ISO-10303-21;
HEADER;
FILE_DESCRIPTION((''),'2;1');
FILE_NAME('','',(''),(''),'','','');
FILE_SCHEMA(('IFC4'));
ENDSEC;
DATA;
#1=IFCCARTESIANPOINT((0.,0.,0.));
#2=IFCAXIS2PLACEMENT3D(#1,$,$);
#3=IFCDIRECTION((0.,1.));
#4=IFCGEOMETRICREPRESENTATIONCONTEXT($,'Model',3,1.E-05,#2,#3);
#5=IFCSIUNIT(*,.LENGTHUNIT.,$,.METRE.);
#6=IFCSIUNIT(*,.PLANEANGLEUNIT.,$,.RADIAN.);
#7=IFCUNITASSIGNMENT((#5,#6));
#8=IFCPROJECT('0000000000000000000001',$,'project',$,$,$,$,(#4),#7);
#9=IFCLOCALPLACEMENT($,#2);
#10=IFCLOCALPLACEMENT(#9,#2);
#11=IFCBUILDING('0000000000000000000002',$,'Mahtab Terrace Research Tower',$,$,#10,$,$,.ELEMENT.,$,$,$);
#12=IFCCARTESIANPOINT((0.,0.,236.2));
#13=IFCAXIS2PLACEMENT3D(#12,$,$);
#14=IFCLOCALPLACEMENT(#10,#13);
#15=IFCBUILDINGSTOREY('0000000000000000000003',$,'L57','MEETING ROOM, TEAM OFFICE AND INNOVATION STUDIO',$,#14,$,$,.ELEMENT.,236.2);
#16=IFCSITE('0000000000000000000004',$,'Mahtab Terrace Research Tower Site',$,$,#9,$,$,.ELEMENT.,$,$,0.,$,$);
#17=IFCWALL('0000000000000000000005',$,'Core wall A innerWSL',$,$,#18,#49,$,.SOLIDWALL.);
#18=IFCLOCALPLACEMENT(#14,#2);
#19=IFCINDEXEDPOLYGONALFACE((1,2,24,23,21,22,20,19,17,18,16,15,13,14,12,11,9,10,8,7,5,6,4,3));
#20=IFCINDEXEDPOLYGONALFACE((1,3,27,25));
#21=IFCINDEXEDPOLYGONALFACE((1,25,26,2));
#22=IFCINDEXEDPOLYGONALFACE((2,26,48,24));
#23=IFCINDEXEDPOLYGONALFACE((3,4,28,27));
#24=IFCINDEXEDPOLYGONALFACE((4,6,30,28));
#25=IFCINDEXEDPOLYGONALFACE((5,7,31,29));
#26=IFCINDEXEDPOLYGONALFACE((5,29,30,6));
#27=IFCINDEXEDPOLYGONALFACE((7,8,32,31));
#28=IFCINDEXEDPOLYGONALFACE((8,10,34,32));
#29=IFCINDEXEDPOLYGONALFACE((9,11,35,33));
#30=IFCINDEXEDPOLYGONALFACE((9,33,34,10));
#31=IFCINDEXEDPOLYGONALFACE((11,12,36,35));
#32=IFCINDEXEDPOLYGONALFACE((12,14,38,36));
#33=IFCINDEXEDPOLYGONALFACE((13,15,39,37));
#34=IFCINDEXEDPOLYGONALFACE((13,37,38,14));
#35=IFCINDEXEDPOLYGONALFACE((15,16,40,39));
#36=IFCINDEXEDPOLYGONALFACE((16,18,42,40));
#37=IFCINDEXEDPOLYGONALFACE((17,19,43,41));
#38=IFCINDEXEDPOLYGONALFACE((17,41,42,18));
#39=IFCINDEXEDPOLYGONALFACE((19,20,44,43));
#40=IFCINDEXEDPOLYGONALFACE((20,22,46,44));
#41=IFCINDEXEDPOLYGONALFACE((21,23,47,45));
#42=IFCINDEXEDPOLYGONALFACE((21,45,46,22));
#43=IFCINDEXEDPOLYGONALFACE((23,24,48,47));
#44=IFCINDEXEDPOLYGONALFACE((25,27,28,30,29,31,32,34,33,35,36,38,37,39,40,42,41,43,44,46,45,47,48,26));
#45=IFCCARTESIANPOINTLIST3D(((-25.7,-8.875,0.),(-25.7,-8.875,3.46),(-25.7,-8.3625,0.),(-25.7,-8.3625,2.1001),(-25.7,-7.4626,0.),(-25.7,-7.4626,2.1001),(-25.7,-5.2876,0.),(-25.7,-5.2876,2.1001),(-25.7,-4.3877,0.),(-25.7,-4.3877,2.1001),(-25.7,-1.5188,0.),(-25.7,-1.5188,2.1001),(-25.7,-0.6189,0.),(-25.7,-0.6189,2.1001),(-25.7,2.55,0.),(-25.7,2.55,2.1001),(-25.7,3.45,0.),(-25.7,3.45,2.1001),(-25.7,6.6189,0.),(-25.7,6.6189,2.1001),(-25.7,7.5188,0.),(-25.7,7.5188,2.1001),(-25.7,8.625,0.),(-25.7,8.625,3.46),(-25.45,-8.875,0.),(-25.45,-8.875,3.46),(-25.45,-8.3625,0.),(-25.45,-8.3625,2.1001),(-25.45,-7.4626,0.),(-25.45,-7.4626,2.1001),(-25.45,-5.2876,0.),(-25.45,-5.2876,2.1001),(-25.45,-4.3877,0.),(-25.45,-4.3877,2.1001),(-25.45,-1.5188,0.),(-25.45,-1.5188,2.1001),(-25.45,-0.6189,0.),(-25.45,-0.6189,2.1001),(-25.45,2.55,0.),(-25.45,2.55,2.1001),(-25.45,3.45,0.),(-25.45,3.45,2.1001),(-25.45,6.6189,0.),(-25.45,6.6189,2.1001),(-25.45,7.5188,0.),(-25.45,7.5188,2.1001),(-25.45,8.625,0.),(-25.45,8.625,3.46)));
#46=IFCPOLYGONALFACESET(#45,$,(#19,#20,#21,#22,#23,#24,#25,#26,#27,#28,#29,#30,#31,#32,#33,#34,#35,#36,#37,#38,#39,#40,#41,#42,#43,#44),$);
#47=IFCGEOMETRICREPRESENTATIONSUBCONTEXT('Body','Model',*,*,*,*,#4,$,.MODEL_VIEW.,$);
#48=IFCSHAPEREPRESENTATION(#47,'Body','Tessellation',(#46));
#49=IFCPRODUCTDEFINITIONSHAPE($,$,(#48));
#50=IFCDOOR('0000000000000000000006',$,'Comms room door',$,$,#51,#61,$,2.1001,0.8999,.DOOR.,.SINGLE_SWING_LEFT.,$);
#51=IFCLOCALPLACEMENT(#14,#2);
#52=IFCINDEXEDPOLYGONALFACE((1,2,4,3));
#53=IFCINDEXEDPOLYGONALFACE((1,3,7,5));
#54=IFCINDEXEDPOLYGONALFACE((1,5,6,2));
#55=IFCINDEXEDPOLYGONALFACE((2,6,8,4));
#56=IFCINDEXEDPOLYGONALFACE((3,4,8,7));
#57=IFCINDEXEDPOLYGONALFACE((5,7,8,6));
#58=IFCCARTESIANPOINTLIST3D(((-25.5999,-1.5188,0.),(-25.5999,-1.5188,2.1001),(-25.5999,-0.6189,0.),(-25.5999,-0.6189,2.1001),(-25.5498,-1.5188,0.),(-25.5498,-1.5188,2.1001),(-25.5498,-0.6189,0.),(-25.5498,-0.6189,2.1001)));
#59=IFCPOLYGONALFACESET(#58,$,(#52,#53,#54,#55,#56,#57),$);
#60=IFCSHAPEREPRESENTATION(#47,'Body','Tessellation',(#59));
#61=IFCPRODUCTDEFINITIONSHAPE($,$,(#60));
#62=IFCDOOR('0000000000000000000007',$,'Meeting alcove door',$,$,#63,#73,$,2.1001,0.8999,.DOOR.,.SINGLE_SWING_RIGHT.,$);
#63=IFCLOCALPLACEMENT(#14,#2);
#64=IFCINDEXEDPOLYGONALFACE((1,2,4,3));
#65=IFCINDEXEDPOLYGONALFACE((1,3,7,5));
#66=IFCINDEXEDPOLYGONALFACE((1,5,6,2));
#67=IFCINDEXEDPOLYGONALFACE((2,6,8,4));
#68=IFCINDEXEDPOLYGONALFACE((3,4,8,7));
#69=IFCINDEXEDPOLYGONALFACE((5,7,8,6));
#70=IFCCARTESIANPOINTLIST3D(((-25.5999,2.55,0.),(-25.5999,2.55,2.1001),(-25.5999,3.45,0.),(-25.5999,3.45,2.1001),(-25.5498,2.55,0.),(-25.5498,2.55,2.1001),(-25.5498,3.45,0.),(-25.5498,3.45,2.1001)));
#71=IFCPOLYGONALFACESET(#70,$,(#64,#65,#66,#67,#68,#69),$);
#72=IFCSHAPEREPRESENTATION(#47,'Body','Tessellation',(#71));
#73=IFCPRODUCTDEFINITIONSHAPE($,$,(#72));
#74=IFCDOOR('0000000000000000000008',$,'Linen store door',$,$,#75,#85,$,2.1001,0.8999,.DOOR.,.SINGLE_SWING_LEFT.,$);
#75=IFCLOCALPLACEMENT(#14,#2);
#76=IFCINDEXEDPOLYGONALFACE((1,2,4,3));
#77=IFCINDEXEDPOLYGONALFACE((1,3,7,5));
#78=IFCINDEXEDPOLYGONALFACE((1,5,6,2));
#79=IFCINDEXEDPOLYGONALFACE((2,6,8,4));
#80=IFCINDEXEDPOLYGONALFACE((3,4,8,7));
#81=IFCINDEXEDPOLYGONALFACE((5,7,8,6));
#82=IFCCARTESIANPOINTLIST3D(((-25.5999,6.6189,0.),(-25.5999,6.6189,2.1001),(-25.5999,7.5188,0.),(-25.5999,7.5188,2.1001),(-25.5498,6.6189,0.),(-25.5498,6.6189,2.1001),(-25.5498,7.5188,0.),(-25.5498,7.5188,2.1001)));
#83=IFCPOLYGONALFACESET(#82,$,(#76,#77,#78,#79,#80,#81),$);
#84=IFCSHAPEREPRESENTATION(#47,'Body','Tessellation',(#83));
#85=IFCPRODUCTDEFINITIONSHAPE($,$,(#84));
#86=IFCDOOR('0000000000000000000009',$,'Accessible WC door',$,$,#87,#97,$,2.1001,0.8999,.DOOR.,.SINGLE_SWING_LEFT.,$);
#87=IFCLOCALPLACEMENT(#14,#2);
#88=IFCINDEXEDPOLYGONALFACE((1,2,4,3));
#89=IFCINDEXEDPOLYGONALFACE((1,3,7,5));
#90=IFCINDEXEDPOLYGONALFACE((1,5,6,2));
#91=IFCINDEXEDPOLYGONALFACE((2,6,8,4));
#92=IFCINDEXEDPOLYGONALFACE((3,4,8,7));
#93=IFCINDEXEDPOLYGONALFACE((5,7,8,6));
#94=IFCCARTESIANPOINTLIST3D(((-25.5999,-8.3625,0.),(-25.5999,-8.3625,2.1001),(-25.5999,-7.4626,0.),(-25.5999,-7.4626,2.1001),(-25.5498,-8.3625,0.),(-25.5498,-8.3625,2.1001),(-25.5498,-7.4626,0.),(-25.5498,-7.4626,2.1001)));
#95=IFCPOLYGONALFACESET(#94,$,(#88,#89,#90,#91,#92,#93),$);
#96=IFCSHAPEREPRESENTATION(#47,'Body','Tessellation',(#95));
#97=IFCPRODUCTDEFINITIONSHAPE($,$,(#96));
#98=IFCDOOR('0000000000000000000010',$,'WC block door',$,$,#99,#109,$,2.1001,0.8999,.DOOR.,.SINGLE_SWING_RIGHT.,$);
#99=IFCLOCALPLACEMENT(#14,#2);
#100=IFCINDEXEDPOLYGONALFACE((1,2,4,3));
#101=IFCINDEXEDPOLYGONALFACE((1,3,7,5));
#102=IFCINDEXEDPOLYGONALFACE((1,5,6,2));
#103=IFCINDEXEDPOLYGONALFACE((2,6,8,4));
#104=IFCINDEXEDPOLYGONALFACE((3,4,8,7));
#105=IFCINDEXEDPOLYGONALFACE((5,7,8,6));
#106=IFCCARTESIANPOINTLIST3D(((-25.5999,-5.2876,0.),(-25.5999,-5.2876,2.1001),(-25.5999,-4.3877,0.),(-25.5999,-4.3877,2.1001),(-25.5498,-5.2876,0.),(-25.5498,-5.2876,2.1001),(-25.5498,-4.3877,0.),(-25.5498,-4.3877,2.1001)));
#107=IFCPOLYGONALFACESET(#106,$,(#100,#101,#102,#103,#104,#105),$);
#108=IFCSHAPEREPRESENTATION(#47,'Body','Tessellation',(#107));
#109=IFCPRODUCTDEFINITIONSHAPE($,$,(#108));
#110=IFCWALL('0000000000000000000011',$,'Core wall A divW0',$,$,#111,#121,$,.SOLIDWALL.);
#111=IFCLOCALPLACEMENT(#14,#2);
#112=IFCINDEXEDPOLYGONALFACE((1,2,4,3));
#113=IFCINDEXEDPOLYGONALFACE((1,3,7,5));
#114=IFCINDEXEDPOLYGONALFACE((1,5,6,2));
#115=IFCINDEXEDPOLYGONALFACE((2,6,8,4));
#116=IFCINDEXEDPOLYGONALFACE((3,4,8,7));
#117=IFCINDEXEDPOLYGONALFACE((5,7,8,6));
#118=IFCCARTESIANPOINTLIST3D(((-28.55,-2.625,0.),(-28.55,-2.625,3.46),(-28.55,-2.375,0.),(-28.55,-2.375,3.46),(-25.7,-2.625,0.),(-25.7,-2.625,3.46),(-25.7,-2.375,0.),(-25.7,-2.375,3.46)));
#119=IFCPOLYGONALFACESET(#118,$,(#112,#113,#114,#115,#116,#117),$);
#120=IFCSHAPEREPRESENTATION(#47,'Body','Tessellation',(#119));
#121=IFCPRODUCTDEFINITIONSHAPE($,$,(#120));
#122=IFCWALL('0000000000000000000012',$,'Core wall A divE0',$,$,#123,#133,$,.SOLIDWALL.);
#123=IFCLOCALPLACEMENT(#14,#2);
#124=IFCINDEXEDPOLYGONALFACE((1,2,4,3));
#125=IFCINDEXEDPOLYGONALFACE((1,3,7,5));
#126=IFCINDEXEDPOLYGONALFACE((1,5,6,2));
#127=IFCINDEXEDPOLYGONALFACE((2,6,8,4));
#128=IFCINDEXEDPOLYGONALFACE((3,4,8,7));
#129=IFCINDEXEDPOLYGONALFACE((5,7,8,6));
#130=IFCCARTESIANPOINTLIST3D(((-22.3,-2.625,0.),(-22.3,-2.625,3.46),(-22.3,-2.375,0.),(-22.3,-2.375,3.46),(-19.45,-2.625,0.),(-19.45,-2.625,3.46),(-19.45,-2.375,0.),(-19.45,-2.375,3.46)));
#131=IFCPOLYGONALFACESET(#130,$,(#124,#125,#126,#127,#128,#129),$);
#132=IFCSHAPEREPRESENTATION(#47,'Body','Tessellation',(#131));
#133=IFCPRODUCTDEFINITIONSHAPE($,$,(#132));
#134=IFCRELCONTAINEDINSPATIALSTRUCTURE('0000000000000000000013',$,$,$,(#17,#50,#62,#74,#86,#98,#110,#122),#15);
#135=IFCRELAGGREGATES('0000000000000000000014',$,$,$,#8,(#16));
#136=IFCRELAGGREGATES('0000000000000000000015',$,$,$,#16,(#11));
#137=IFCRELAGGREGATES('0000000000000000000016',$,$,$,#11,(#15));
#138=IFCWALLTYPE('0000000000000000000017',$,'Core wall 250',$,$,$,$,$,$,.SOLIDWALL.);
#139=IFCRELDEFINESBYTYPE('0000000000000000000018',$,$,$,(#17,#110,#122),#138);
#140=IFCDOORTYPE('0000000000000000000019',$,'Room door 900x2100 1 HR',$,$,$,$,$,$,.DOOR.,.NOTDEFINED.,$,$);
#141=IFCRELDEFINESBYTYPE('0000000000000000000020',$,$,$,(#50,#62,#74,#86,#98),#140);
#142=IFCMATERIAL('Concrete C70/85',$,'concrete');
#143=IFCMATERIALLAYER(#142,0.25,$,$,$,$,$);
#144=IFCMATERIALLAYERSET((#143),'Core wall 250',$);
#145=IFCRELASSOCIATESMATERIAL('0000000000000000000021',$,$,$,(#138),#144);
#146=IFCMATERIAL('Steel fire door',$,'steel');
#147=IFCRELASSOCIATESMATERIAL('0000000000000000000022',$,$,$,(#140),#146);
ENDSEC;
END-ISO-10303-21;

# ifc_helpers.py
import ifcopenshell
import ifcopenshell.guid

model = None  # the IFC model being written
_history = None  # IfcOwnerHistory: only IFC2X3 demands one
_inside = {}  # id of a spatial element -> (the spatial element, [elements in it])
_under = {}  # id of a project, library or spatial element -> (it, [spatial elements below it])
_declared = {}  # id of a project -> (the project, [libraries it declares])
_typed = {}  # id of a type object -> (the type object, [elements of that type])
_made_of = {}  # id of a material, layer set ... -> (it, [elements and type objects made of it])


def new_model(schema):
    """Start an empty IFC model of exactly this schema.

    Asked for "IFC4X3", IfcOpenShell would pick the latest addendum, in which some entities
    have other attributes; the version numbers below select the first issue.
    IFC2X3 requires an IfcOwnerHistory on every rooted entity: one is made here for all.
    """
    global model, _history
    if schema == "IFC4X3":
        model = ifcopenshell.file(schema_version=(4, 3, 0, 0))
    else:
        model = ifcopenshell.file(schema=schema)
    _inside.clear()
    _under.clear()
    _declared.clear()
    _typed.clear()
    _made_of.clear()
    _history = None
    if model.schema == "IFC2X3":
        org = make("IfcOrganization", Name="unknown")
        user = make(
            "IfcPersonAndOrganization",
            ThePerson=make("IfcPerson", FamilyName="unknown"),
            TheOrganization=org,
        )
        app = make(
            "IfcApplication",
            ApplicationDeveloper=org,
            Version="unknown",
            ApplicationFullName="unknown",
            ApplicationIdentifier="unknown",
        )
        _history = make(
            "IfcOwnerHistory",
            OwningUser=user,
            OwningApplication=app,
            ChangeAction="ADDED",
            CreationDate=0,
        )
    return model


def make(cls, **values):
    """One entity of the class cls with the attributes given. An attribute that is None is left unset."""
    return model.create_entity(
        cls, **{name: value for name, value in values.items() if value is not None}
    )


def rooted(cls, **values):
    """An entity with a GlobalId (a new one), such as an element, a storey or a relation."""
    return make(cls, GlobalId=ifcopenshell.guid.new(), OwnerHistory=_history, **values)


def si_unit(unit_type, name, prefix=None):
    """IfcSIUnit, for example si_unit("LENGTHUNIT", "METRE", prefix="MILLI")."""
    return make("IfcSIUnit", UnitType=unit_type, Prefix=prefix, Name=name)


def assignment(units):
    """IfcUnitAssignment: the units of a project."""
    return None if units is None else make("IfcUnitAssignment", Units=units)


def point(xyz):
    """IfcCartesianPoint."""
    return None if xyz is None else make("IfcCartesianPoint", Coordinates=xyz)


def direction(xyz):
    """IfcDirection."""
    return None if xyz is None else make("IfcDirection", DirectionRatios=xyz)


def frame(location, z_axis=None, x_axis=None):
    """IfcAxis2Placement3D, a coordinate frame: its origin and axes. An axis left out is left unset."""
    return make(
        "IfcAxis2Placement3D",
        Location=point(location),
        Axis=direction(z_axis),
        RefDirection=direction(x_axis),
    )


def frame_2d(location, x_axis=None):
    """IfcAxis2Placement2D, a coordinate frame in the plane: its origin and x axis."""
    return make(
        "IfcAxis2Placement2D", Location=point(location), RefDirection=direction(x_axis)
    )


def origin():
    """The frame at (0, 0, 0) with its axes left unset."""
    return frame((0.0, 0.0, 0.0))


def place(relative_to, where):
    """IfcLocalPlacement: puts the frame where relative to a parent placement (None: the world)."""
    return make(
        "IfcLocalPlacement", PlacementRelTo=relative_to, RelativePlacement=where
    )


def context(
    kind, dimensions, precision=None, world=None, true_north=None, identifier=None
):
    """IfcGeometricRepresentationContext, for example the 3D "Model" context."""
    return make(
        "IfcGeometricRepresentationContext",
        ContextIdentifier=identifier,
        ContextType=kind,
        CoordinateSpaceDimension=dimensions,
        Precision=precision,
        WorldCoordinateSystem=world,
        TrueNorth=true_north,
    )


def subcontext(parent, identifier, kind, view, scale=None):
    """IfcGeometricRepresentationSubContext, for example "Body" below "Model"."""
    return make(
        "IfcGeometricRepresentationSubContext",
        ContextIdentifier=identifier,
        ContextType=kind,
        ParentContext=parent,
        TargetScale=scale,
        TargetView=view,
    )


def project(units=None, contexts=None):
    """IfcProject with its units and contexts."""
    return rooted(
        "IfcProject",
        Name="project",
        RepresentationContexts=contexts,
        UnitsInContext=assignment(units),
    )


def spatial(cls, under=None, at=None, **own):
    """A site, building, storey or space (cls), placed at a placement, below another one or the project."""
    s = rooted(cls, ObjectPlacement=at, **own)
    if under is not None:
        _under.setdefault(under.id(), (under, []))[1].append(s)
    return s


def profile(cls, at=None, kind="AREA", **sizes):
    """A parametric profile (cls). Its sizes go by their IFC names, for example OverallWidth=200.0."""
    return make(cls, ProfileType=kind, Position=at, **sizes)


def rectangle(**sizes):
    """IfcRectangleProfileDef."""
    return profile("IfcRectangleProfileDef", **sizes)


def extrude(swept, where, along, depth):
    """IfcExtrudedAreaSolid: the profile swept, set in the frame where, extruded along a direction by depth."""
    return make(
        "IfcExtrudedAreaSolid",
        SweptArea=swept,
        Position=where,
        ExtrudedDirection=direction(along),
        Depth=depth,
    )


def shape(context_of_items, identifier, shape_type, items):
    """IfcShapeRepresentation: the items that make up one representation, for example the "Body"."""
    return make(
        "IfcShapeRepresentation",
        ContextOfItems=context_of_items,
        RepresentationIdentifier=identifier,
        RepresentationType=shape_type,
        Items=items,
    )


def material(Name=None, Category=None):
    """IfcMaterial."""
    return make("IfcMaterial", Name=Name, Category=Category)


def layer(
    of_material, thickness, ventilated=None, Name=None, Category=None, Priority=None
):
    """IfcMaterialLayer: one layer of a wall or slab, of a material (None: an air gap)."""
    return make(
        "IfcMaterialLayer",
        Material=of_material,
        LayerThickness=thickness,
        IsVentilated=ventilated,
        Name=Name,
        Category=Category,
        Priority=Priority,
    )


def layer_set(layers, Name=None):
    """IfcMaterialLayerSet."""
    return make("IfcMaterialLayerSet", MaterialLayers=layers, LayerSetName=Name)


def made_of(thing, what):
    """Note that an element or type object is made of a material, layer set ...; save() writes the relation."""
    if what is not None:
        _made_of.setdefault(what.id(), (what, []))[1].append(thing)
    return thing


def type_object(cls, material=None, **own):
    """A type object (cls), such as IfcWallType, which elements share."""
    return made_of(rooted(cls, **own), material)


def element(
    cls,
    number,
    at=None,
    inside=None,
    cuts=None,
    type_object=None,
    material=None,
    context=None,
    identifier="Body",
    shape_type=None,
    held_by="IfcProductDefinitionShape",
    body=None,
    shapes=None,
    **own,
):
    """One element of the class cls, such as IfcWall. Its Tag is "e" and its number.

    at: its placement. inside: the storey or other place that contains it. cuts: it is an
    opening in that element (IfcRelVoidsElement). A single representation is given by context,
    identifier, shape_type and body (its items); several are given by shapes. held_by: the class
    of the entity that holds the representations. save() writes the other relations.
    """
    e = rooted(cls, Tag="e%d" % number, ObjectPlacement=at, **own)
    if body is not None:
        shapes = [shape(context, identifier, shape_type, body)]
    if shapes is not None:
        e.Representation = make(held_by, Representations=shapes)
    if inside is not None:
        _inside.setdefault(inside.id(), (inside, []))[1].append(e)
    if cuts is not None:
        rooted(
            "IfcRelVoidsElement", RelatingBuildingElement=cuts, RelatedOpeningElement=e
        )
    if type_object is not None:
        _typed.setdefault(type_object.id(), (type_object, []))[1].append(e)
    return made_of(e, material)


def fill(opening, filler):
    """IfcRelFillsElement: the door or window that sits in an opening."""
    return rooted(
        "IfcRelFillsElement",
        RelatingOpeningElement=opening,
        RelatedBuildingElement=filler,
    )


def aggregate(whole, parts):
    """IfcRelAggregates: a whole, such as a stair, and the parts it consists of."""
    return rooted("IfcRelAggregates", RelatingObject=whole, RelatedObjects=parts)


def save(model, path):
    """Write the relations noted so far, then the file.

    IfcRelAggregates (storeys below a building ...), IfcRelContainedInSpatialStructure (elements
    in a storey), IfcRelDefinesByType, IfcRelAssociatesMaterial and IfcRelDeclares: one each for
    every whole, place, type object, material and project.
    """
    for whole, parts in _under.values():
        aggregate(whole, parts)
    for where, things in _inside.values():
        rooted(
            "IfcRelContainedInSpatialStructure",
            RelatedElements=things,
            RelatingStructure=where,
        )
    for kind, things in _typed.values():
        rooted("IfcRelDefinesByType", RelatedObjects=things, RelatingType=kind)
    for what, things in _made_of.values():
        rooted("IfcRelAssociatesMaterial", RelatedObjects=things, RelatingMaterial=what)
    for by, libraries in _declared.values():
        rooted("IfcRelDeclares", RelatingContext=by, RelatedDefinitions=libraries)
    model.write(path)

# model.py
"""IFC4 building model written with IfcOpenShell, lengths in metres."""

from ifc_helpers import new_model, si_unit, direction, frame, frame_2d, origin, place, context, subcontext, project, spatial, rectangle, extrude, material, layer, layer_set, type_object, element, fill, save


model = new_model("IFC4")

# Units and contexts
model_context = context("Model", 3, precision=1e-05, world=origin(), true_north=direction((0.0, 1.0)))
body_context = subcontext(model_context, "Body", "Model", "MODEL_VIEW")
ifc_project = project(units=[si_unit("LENGTHUNIT", "METRE"), si_unit("PLANEANGLEUNIT", "RADIAN")], contexts=[model_context])

# Site, building, storey
site_placement = place(None, origin())
site = spatial("IfcSite", under=ifc_project, at=site_placement, Name="Mahtab Terrace Research Tower Site", CompositionType="ELEMENT", RefElevation=0.0)
building_placement = place(site_placement, origin())
building = spatial("IfcBuilding", under=site, at=building_placement, Name="Mahtab Terrace Research Tower", CompositionType="ELEMENT")
storey_placement = place(building_placement, frame((0.0, 0.0, 236.2)))
storey = spatial("IfcBuildingStorey", under=building, at=storey_placement, Name="L57", Description="MEETING ROOM, TEAM OFFICE AND INNOVATION STUDIO", CompositionType="ELEMENT", Elevation=236.2)

# Shared definitions
ifc_material_1 = material(Name="Concrete C70/85", Category="concrete")

# Shared definitions
ifc_layer_1 = layer(ifc_material_1, 0.25)
ifc_layer_set_1 = layer_set([ifc_layer_1], Name="Core wall 250")
wall_type_1 = type_object("IfcWallType", Name="Core wall 250", PredefinedType="SOLIDWALL", material=ifc_layer_set_1)
ifc_material_2 = material(Name="Steel fire door", Category="steel")

# Wall, openings, doors
wall_1_placement = place(storey_placement, frame((-25.575, -8.875, 0.0), z_axis=(0.0, 0.0, 1.0), x_axis=(0.0, 1.0, 0.0)))
wall_1 = element("IfcWall", 1, at=wall_1_placement, inside=storey, type_object=wall_type_1, Name="Core wall A innerWSL", PredefinedType="SOLIDWALL", context=body_context, shape_type="SweptSolid", body=[
    extrude(rectangle(XDim=17.5, YDim=0.25, at=frame_2d((8.75, 0.0))), origin(), (0.0, 0.0, 1.0), 3.46),
])
opening_1_placement = place(wall_1_placement, frame((7.3562, 0.0, 0.0)))
opening_1 = element("IfcOpeningElement", 2, at=opening_1_placement, cuts=wall_1, PredefinedType="OPENING", context=body_context, shape_type="SweptSolid", body=[
    extrude(rectangle(XDim=0.8999, YDim=2.1001, at=frame_2d((0.45, 1.05))), frame((0.0, 0.135, 0.0), z_axis=(0.0, -1.0, 0.0), x_axis=(1.0, 0.0, 0.0)), (0.0, 0.0, 1.0), 0.27),
])
opening_2_placement = place(wall_1_placement, frame((11.425, 0.0, 0.0)))
opening_2 = element("IfcOpeningElement", 3, at=opening_2_placement, cuts=wall_1, PredefinedType="OPENING", context=body_context, shape_type="SweptSolid", body=[
    extrude(rectangle(XDim=0.8999, YDim=2.1001, at=frame_2d((0.45, 1.05))), frame((0.0, 0.135, 0.0), z_axis=(0.0, -1.0, 0.0), x_axis=(1.0, 0.0, 0.0)), (0.0, 0.0, 1.0), 0.27),
])
opening_3_placement = place(wall_1_placement, frame((15.4939, 0.0, 0.0)))
opening_3 = element("IfcOpeningElement", 4, at=opening_3_placement, cuts=wall_1, PredefinedType="OPENING", context=body_context, shape_type="SweptSolid", body=[
    extrude(rectangle(XDim=0.8999, YDim=2.1001, at=frame_2d((0.45, 1.05))), frame((0.0, 0.135, 0.0), z_axis=(0.0, -1.0, 0.0), x_axis=(1.0, 0.0, 0.0)), (0.0, 0.0, 1.0), 0.27),
])
opening_4_placement = place(wall_1_placement, frame((0.5125, 0.0, 0.0)))
opening_4 = element("IfcOpeningElement", 5, at=opening_4_placement, cuts=wall_1, PredefinedType="OPENING", context=body_context, shape_type="SweptSolid", body=[
    extrude(rectangle(XDim=0.8999, YDim=2.1001, at=frame_2d((0.45, 1.05))), frame((0.0, 0.135, 0.0), z_axis=(0.0, -1.0, 0.0), x_axis=(1.0, 0.0, 0.0)), (0.0, 0.0, 1.0), 0.27),
])
opening_5_placement = place(wall_1_placement, frame((3.5874, 0.0, 0.0)))
opening_5 = element("IfcOpeningElement", 6, at=opening_5_placement, cuts=wall_1, PredefinedType="OPENING", context=body_context, shape_type="SweptSolid", body=[
    extrude(rectangle(XDim=0.8999, YDim=2.1001, at=frame_2d((0.45, 1.05))), frame((0.0, 0.135, 0.0), z_axis=(0.0, -1.0, 0.0), x_axis=(1.0, 0.0, 0.0)), (0.0, 0.0, 1.0), 0.27),
])
door_type_1 = type_object("IfcDoorType", Name="Room door 900x2100 1 HR", OperationType="NOTDEFINED", PredefinedType="DOOR", material=ifc_material_2)
door_1_placement = place(opening_1_placement, origin())
door_1 = element("IfcDoor", 7, at=door_1_placement, inside=storey, type_object=door_type_1, Name="Comms room door", OperationType="SINGLE_SWING_LEFT", OverallHeight=2.1001, OverallWidth=0.8999, PredefinedType="DOOR", context=body_context, shape_type="SweptSolid", body=[
    extrude(rectangle(XDim=0.8999, YDim=2.1001, at=frame_2d((0.45, 1.05))), frame((0.0, 0.0249, 0.0), z_axis=(0.0, -1.0, 0.0), x_axis=(1.0, 0.0, 0.0)), (0.0, 0.0, 1.0), 0.05),
])
fill(opening_1, door_1)
door_2_placement = place(opening_2_placement, origin())
door_2 = element("IfcDoor", 8, at=door_2_placement, inside=storey, type_object=door_type_1, Name="Meeting alcove door", OperationType="SINGLE_SWING_RIGHT", OverallHeight=2.1001, OverallWidth=0.8999, PredefinedType="DOOR", context=body_context, shape_type="SweptSolid", body=[
    extrude(rectangle(XDim=0.8999, YDim=2.1001, at=frame_2d((0.45, 1.05))), frame((0.0, 0.0249, 0.0), z_axis=(0.0, -1.0, 0.0), x_axis=(1.0, 0.0, 0.0)), (0.0, 0.0, 1.0), 0.05),
])
fill(opening_2, door_2)
door_3_placement = place(opening_3_placement, origin())
door_3 = element("IfcDoor", 9, at=door_3_placement, inside=storey, type_object=door_type_1, Name="Linen store door", OperationType="SINGLE_SWING_LEFT", OverallHeight=2.1001, OverallWidth=0.8999, PredefinedType="DOOR", context=body_context, shape_type="SweptSolid", body=[
    extrude(rectangle(XDim=0.8999, YDim=2.1001, at=frame_2d((0.45, 1.05))), frame((0.0, 0.0249, 0.0), z_axis=(0.0, -1.0, 0.0), x_axis=(1.0, 0.0, 0.0)), (0.0, 0.0, 1.0), 0.05),
])
fill(opening_3, door_3)
door_4_placement = place(opening_4_placement, origin())
door_4 = element("IfcDoor", 10, at=door_4_placement, inside=storey, type_object=door_type_1, Name="Accessible WC door", OperationType="SINGLE_SWING_LEFT", OverallHeight=2.1001, OverallWidth=0.8999, PredefinedType="DOOR", context=body_context, shape_type="SweptSolid", body=[
    extrude(rectangle(XDim=0.8999, YDim=2.1001, at=frame_2d((0.45, 1.05))), frame((0.0, 0.0249, 0.0), z_axis=(0.0, -1.0, 0.0), x_axis=(1.0, 0.0, 0.0)), (0.0, 0.0, 1.0), 0.05),
])
fill(opening_4, door_4)
door_5_placement = place(opening_5_placement, origin())
door_5 = element("IfcDoor", 11, at=door_5_placement, inside=storey, type_object=door_type_1, Name="WC block door", OperationType="SINGLE_SWING_RIGHT", OverallHeight=2.1001, OverallWidth=0.8999, PredefinedType="DOOR", context=body_context, shape_type="SweptSolid", body=[
    extrude(rectangle(XDim=0.8999, YDim=2.1001, at=frame_2d((0.45, 1.05))), frame((0.0, 0.0249, 0.0), z_axis=(0.0, -1.0, 0.0), x_axis=(1.0, 0.0, 0.0)), (0.0, 0.0, 1.0), 0.05),
])
fill(opening_5, door_5)

# Walls
for number, where, z_axis, x_axis, name in (
    (12, (-28.55, -2.5, 0.0), (0.0, 0.0, 1.0), (1.0, 0.0, 0.0), "Core wall A divW0"),
    (13, (-22.3, -2.5, 0.0), (0.0, 0.0, 1.0), (1.0, 0.0, 0.0), "Core wall A divE0"),
):
    element("IfcWall", number, at=place(storey_placement, frame(where, z_axis=z_axis, x_axis=x_axis)), inside=storey, type_object=wall_type_1, Name=name, PredefinedType="SOLIDWALL", context=body_context, shape_type="SweptSolid", body=[
        extrude(rectangle(XDim=2.8501, YDim=0.25, at=frame_2d((1.425, 0.0))), origin(), (0.0, 0.0, 1.0), 3.46),
    ])

save(model, "model.ifc")
